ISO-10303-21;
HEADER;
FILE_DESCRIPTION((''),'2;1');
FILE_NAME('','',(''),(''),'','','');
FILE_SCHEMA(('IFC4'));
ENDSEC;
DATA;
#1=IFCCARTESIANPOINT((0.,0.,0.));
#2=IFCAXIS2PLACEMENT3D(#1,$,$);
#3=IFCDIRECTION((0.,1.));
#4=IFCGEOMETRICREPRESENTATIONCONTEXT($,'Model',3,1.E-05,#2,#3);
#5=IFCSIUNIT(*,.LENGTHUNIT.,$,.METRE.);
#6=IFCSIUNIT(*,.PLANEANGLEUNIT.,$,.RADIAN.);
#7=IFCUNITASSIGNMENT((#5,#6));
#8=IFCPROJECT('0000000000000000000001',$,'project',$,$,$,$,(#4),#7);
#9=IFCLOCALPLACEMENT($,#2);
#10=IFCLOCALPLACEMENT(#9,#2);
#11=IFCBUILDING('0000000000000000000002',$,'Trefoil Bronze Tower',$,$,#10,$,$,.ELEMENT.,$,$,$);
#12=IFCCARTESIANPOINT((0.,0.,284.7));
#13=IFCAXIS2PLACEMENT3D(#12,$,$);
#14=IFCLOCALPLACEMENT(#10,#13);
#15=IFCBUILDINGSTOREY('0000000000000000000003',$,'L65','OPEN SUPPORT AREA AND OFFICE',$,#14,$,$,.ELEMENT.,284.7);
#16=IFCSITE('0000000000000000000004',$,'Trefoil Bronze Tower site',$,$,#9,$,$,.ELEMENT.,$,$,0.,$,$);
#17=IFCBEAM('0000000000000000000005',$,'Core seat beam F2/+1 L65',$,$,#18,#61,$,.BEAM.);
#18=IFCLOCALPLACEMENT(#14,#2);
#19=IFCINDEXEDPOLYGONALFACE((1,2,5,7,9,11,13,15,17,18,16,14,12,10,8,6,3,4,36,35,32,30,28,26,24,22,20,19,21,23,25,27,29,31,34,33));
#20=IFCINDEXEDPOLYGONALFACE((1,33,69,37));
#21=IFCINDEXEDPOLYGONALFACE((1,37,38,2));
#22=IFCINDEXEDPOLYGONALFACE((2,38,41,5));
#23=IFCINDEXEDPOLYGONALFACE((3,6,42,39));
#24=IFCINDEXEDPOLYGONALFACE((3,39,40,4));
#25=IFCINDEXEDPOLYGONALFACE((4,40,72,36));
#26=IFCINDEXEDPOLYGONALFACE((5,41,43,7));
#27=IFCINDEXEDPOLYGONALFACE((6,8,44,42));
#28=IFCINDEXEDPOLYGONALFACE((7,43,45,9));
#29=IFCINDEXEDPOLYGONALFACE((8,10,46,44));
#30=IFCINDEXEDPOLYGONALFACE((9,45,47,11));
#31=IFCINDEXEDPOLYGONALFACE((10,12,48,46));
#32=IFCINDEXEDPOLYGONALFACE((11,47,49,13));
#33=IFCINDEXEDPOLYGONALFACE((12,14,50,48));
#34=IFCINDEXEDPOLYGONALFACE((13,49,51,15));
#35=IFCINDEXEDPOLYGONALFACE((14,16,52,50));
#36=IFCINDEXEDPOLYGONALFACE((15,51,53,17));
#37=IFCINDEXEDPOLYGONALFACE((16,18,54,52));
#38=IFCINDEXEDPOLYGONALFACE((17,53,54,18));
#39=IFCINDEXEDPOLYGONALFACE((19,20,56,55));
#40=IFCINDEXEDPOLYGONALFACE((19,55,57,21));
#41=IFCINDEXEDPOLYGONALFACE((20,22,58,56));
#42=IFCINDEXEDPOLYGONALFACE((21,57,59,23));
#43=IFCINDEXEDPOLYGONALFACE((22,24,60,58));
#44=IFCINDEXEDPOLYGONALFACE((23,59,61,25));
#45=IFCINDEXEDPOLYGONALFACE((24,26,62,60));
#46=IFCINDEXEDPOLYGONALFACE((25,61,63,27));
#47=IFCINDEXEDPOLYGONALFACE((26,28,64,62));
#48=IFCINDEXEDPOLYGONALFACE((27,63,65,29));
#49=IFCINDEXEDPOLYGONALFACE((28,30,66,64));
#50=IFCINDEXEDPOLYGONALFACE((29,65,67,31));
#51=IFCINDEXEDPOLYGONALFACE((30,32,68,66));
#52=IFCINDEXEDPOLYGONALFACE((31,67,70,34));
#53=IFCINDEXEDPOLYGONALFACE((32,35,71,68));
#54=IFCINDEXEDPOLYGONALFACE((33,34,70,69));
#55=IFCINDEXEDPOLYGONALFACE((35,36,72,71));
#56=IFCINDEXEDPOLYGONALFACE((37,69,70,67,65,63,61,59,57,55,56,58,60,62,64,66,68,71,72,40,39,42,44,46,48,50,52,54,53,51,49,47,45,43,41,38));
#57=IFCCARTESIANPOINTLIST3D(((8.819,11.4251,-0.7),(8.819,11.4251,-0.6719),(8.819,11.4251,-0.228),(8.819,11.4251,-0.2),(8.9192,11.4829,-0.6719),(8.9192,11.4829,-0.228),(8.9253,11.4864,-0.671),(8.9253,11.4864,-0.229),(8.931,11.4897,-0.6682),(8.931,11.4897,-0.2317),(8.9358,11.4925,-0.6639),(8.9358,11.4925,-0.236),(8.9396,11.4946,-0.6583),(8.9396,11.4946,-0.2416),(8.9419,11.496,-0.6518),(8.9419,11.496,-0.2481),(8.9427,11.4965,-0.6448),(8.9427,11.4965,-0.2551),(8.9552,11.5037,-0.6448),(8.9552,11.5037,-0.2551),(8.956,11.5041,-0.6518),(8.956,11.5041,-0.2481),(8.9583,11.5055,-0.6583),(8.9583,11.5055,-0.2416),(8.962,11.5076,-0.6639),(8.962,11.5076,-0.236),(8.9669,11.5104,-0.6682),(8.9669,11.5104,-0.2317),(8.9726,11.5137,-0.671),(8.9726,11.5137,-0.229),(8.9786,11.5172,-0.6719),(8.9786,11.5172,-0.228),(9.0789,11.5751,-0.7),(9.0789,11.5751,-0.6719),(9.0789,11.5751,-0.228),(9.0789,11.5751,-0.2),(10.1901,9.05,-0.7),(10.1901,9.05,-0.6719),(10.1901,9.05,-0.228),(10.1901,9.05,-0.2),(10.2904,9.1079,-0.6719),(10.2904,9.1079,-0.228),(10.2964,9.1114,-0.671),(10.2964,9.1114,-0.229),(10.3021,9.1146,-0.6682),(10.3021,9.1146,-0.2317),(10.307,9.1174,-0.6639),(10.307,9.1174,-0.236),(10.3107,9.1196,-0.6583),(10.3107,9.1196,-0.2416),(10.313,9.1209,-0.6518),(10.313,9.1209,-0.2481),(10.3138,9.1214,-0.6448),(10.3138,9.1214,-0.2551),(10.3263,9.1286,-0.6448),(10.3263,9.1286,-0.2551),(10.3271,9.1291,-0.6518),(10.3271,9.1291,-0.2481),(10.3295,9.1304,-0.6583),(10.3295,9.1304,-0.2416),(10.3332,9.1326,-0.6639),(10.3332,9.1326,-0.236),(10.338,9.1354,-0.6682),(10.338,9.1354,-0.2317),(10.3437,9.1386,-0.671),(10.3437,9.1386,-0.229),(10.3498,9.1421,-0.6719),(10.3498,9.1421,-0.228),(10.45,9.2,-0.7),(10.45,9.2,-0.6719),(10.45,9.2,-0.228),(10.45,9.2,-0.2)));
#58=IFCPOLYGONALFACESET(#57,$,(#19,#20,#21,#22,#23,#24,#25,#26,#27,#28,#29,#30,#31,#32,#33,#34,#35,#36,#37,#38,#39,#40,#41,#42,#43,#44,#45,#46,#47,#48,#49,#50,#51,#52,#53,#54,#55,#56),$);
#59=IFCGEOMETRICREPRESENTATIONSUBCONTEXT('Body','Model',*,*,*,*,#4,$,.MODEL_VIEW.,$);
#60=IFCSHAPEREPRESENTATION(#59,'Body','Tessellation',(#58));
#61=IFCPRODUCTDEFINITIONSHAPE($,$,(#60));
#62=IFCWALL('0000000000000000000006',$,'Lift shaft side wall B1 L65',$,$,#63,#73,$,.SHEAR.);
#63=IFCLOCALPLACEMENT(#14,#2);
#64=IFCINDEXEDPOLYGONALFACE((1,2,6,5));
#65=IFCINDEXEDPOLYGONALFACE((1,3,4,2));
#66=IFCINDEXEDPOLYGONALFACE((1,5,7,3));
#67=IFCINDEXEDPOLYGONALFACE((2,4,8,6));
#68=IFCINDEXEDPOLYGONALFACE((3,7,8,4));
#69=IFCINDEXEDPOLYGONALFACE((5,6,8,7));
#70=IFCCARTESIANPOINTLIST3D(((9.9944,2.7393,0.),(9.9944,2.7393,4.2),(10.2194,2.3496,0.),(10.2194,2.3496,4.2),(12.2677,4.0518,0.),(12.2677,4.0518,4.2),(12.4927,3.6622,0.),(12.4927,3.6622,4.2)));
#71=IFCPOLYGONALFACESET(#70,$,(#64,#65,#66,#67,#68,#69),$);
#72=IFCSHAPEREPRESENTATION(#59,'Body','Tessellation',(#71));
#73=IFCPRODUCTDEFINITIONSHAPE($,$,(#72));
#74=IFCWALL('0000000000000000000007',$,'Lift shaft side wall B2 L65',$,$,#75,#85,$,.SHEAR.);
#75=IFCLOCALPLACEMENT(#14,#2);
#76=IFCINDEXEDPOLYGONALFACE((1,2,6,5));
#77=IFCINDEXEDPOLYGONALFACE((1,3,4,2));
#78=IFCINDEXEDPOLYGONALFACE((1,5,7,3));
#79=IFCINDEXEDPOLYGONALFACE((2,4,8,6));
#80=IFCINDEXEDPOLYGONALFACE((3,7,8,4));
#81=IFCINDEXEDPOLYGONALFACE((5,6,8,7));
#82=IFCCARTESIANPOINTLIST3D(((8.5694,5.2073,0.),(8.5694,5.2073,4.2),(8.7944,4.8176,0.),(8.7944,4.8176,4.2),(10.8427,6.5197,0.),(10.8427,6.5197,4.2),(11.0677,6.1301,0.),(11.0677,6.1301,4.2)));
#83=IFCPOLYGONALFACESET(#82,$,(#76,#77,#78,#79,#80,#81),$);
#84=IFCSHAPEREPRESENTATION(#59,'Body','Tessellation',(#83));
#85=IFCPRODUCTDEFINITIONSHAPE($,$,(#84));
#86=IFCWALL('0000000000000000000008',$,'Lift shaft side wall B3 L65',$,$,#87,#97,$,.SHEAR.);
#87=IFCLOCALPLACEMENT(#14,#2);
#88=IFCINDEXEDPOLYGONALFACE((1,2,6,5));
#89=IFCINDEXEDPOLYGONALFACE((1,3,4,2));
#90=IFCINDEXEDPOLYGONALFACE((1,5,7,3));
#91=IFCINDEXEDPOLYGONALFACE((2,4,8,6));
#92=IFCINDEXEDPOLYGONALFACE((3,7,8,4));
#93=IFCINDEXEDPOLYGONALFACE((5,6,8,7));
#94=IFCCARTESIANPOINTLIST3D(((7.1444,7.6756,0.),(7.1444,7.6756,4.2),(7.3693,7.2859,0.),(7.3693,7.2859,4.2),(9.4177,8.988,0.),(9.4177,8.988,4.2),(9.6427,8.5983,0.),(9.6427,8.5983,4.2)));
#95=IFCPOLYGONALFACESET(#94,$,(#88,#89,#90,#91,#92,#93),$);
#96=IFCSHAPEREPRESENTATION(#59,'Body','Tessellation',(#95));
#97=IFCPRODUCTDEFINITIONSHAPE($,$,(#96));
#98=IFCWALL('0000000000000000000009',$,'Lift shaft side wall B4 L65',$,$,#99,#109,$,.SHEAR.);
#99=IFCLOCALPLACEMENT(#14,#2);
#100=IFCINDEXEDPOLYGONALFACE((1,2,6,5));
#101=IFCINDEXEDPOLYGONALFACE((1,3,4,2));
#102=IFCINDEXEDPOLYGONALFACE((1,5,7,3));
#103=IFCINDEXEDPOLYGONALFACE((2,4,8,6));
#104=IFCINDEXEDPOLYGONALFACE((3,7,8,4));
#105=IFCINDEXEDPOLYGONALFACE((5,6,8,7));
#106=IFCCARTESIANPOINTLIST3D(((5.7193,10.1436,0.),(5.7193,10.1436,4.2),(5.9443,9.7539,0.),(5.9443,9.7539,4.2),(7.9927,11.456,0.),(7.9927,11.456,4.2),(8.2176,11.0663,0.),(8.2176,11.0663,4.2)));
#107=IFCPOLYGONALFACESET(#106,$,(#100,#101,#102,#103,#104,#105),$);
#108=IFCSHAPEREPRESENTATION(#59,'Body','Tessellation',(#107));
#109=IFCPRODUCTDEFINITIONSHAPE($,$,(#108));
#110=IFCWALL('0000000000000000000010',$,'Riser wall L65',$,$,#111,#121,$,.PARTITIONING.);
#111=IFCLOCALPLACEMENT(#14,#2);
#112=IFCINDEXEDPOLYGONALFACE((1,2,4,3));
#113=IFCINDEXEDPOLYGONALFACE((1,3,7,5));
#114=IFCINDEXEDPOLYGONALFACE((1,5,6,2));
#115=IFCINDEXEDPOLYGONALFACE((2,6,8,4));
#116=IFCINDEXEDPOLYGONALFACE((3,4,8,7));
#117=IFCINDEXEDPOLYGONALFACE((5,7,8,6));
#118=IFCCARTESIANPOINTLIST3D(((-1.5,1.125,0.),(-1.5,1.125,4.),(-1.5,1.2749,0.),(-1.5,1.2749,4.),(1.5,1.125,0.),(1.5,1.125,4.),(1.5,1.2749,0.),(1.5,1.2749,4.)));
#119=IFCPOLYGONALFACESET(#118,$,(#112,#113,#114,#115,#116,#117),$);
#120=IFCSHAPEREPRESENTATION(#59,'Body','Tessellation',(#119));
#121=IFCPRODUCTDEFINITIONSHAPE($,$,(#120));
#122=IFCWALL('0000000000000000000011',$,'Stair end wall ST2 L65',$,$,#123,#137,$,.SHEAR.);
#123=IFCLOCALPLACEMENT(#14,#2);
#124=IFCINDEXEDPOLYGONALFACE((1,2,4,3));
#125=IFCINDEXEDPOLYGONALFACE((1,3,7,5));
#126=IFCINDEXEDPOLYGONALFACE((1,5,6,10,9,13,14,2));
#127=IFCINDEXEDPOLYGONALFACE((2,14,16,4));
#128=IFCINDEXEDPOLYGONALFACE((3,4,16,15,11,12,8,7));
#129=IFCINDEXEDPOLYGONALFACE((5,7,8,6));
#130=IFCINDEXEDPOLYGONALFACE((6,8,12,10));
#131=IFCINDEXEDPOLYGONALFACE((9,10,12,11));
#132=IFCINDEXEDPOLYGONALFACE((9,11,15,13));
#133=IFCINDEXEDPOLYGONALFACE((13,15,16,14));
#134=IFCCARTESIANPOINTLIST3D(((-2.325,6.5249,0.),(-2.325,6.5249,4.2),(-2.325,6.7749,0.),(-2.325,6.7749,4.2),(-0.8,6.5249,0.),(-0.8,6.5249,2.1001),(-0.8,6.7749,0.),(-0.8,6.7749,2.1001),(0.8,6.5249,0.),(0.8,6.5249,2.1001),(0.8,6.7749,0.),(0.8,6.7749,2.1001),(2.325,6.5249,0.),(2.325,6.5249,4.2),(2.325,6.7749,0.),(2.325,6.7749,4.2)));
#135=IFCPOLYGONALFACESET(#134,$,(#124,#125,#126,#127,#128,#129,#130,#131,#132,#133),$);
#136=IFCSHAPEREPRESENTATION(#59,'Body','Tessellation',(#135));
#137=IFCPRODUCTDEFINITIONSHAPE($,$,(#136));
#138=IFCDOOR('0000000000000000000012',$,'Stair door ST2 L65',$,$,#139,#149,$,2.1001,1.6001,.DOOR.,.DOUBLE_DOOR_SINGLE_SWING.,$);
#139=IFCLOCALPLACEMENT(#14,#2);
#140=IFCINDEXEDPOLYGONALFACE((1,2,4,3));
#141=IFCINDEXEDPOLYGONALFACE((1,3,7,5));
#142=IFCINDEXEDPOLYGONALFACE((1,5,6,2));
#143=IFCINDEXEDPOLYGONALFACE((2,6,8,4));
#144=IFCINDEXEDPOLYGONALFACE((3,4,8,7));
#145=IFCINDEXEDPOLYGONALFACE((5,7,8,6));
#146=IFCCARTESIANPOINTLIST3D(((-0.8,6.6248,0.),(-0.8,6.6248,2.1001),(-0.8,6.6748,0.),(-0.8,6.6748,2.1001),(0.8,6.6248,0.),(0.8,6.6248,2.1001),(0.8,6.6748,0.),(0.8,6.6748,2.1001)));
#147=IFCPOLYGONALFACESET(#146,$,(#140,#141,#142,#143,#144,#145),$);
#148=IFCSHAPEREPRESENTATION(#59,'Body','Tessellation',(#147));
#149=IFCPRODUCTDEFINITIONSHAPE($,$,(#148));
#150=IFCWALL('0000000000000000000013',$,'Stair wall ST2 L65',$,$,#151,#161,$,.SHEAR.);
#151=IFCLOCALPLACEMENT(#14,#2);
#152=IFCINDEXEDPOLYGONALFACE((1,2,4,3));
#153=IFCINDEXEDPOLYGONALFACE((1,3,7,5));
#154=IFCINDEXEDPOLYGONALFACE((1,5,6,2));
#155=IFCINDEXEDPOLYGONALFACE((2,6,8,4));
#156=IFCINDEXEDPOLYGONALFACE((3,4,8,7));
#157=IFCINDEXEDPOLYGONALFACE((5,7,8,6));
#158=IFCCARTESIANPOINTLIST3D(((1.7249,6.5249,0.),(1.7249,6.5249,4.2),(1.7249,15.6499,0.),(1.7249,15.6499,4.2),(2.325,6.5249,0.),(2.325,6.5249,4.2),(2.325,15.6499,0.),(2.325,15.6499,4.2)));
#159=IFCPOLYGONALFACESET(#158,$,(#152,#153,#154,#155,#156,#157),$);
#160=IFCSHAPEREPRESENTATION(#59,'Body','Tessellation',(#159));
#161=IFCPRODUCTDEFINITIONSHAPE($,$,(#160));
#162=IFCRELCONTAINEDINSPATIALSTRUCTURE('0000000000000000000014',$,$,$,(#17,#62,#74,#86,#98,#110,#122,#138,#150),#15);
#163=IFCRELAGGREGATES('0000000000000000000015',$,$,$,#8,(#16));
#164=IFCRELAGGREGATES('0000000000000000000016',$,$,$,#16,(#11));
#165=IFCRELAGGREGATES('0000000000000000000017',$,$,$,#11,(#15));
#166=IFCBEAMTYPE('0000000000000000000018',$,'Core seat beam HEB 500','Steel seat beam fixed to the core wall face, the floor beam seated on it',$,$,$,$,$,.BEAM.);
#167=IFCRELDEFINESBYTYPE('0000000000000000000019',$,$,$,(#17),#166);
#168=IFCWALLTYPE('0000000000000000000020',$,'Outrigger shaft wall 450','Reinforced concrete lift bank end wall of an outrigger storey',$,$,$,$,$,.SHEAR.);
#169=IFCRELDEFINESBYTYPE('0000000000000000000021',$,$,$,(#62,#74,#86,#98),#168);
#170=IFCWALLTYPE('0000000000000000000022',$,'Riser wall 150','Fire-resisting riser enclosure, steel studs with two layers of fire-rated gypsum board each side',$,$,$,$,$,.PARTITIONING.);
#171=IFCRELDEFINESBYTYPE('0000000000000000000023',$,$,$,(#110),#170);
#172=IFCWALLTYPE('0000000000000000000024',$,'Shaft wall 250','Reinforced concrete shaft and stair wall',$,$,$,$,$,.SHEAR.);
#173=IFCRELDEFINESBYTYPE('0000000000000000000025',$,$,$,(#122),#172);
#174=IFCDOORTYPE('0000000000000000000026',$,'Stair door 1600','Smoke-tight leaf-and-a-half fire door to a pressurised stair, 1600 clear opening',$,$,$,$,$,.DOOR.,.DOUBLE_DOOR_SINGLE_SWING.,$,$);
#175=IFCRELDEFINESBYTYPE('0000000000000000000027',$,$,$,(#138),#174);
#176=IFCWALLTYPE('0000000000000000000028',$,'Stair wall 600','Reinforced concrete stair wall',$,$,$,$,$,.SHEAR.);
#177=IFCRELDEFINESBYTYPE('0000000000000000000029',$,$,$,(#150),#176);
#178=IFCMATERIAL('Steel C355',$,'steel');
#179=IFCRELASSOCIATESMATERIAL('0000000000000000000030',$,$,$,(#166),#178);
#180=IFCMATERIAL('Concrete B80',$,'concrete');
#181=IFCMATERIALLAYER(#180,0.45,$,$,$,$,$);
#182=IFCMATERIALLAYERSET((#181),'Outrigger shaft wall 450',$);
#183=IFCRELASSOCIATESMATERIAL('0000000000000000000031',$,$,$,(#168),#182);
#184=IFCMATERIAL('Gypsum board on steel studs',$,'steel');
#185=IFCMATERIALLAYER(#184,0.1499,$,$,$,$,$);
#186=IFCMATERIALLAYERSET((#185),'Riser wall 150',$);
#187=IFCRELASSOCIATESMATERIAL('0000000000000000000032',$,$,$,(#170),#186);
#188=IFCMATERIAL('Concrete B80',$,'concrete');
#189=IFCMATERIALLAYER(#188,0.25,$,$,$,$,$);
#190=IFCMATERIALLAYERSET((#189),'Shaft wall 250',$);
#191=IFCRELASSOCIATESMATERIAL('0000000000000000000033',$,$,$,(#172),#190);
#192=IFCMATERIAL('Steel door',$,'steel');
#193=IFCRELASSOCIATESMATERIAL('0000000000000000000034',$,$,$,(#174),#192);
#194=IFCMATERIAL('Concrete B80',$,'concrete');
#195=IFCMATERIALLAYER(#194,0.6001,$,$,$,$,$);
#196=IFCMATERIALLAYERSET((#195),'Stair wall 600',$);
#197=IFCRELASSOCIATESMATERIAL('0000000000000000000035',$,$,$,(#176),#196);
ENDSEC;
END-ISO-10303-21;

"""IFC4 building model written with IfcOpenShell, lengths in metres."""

from ifc_helpers import new_model, si_unit, direction, frame, frame_2d, origin, origin_2d, place, context, subcontext, project, spatial, rectangle, i_section, extrude, material, layer, layer_set, material_profile, profile_set, type_object, element, fill, save


model = new_model("IFC4")

# Units and contexts
model_context = context("Model", 3, precision=1e-05, world=origin(), true_north=direction((0.0, 1.0)))
body_context = subcontext(model_context, "Body", "Model", "MODEL_VIEW")
ifc_project = project(units=[si_unit("LENGTHUNIT", "METRE"), si_unit("PLANEANGLEUNIT", "RADIAN")], contexts=[model_context])

# Site, building, storey
site_placement = place(None, origin())
site = spatial("IfcSite", under=ifc_project, at=site_placement, Name="Trefoil Bronze Tower site", CompositionType="ELEMENT", RefElevation=0.0)
building_placement = place(site_placement, origin())
building = spatial("IfcBuilding", under=site, at=building_placement, Name="Trefoil Bronze Tower", CompositionType="ELEMENT")
storey_placement = place(building_placement, frame((0.0, 0.0, 284.7)))
storey = spatial("IfcBuildingStorey", under=building, at=storey_placement, Name="L65", Description="OPEN SUPPORT AREA AND OFFICE", CompositionType="ELEMENT", Elevation=284.7)

# Beam
ifc_material_1 = material(Name="Steel C355", Category="steel")
ifc_material_profile = material_profile(ifc_material_1, i_section(OverallWidth=0.3, OverallDepth=0.5, WebThickness=0.0144, FlangeThickness=0.0281, FilletRadius=0.0271, at=origin_2d()), Name="HEB 500")
ifc_profile_set = profile_set([ifc_material_profile], Name="Steel C355")
beam_type = type_object("IfcBeamType", Name="Core seat beam HEB 500", Description="Steel seat beam fixed to the core wall face, the floor beam seated on it", PredefinedType="BEAM", material=ifc_profile_set)
beam_placement = place(storey_placement, frame((10.3201, 9.125, -0.45), z_axis=(-0.499969, 0.866043, 0.0), x_axis=(-0.866043, -0.499969, 0.0)))
element("IfcBeam", 1, at=beam_placement, inside=storey, type_object=beam_type, Name="Core seat beam F2/+1 L65", PredefinedType="BEAM", context=body_context, shape_type="SweptSolid", body=[
    extrude(i_section(OverallWidth=0.3, OverallDepth=0.5, WebThickness=0.0144, FlangeThickness=0.0281, FilletRadius=0.0271, at=origin_2d()), origin(), (0.0, 0.0, 1.0), 2.7424),
])

# Walls
ifc_material_2 = material(Name="Concrete B80", Category="concrete")
ifc_layer_1 = layer(ifc_material_2, 0.45)
ifc_layer_set_1 = layer_set([ifc_layer_1], Name="Outrigger shaft wall 450")
wall_type_1 = type_object("IfcWallType", Name="Outrigger shaft wall 450", Description="Reinforced concrete lift bank end wall of an outrigger storey", PredefinedType="SHEAR", material=ifc_layer_set_1)
for number, where, z_axis, x_axis, name in (
    (2, (10.1069, 2.5444, 0.0), (0.0, 0.0, 1.0), (0.866014, 0.50002, 0.0), "Lift shaft side wall B1 L65"),
    (3, (8.6819, 5.0125, 0.0), (0.0, 0.0, 1.0), (0.866037, 0.49998, 0.0), "Lift shaft side wall B2 L65"),
    (4, (7.2568, 7.4807, 0.0), (0.0, 0.0, 1.0), (0.866037, 0.49998, 0.0), "Lift shaft side wall B3 L65"),
    (5, (5.8318, 9.9487, 0.0), (0.0, 0.0, 1.0), (0.866037, 0.49998, 0.0), "Lift shaft side wall B4 L65"),
):
    element("IfcWall", number, at=place(storey_placement, frame(where, z_axis=z_axis, x_axis=x_axis)), inside=storey, type_object=wall_type_1, Name=name, PredefinedType="SHEAR", context=body_context, shape_type="SweptSolid", body=[
        extrude(rectangle(XDim=2.625, YDim=0.45, at=frame_2d((1.3125, 0.0))), origin(), (0.0, 0.0, 1.0), 4.2),
    ])
ifc_material_3 = material(Name="Gypsum board on steel studs", Category="steel")
ifc_layer_2 = layer(ifc_material_3, 0.1499)
ifc_layer_set_2 = layer_set([ifc_layer_2], Name="Riser wall 150")
wall_type_2 = type_object("IfcWallType", Name="Riser wall 150", Description="Fire-resisting riser enclosure, steel studs with two layers of fire-rated gypsum board each side", PredefinedType="PARTITIONING", material=ifc_layer_set_2)
wall_1_placement = place(storey_placement, frame((1.5, 1.2, 0.0), z_axis=(0.0, 0.0, 1.0), x_axis=(-1.0, 0.0, 0.0)))
element("IfcWall", 6, at=wall_1_placement, inside=storey, type_object=wall_type_2, Name="Riser wall L65", PredefinedType="PARTITIONING", context=body_context, shape_type="SweptSolid", body=[
    extrude(rectangle(XDim=3.0, YDim=0.1499, at=frame_2d((1.5, 0.0))), origin(), (0.0, 0.0, 1.0), 4.0),
])

# Wall, opening, door
ifc_material_4 = material(Name="Concrete B80", Category="concrete")
ifc_layer_3 = layer(ifc_material_4, 0.25)
ifc_layer_set_3 = layer_set([ifc_layer_3], Name="Shaft wall 250")
wall_type_3 = type_object("IfcWallType", Name="Shaft wall 250", Description="Reinforced concrete shaft and stair wall", PredefinedType="SHEAR", material=ifc_layer_set_3)
wall_2_placement = place(storey_placement, frame((2.325, 6.6499, 0.0), z_axis=(0.0, 0.0, 1.0), x_axis=(-1.0, 0.0, 0.0)))
wall_2 = element("IfcWall", 7, at=wall_2_placement, inside=storey, type_object=wall_type_3, Name="Stair end wall ST2 L65", PredefinedType="SHEAR", context=body_context, shape_type="SweptSolid", body=[
    extrude(rectangle(XDim=4.6499, YDim=0.25, at=frame_2d((2.325, 0.0))), origin(), (0.0, 0.0, 1.0), 4.2),
])
opening_placement = place(wall_2_placement, frame((1.5249, 0.0, 0.0)))
opening = element("IfcOpeningElement", 8, at=opening_placement, cuts=wall_2, PredefinedType="OPENING", context=body_context, shape_type="SweptSolid", body=[
    extrude(rectangle(XDim=1.6001, YDim=2.1001, at=frame_2d((0.8, 1.05))), frame((0.0, 0.135, 0.0), z_axis=(0.0, -1.0, 0.0), x_axis=(1.0, 0.0, 0.0)), (0.0, 0.0, 1.0), 0.27),
])
ifc_material_5 = material(Name="Steel door", Category="steel")
door_type = type_object("IfcDoorType", Name="Stair door 1600", Description="Smoke-tight leaf-and-a-half fire door to a pressurised stair, 1600 clear opening", OperationType="DOUBLE_DOOR_SINGLE_SWING", PredefinedType="DOOR", material=ifc_material_5)
door_placement = place(opening_placement, frame((1.6001, 0.0, 0.0), z_axis=(0.0, 0.0, 1.0), x_axis=(-1.0, 0.0, 0.0)))
door = element("IfcDoor", 9, at=door_placement, inside=storey, type_object=door_type, Name="Stair door ST2 L65", OperationType="DOUBLE_DOOR_SINGLE_SWING", OverallHeight=2.1001, OverallWidth=1.6001, PredefinedType="DOOR", context=body_context, shape_type="SweptSolid", body=[
    extrude(rectangle(XDim=1.6001, YDim=2.1001, at=frame_2d((0.8, 1.05))), frame((0.0, 0.0249, 0.0), z_axis=(0.0, -1.0, 0.0), x_axis=(1.0, 0.0, 0.0)), (0.0, 0.0, 1.0), 0.05),
])
fill(opening, door)

# Wall
ifc_material_6 = material(Name="Concrete B80", Category="concrete")
ifc_layer_4 = layer(ifc_material_6, 0.6001)
ifc_layer_set_4 = layer_set([ifc_layer_4], Name="Stair wall 600")
wall_type_4 = type_object("IfcWallType", Name="Stair wall 600", Description="Reinforced concrete stair wall", PredefinedType="SHEAR", material=ifc_layer_set_4)
wall_3_placement = place(storey_placement, frame((2.0249, 6.5249, 0.0), z_axis=(0.0, 0.0, 1.0), x_axis=(0.0, 1.0, 0.0)))
element("IfcWall", 10, at=wall_3_placement, inside=storey, type_object=wall_type_4, Name="Stair wall ST2 L65", PredefinedType="SHEAR", context=body_context, shape_type="SweptSolid", body=[
    extrude(rectangle(XDim=9.125, YDim=0.6001, at=frame_2d((4.5625, 0.0))), origin(), (0.0, 0.0, 1.0), 4.2),
])

save(model, "model.ifc")
